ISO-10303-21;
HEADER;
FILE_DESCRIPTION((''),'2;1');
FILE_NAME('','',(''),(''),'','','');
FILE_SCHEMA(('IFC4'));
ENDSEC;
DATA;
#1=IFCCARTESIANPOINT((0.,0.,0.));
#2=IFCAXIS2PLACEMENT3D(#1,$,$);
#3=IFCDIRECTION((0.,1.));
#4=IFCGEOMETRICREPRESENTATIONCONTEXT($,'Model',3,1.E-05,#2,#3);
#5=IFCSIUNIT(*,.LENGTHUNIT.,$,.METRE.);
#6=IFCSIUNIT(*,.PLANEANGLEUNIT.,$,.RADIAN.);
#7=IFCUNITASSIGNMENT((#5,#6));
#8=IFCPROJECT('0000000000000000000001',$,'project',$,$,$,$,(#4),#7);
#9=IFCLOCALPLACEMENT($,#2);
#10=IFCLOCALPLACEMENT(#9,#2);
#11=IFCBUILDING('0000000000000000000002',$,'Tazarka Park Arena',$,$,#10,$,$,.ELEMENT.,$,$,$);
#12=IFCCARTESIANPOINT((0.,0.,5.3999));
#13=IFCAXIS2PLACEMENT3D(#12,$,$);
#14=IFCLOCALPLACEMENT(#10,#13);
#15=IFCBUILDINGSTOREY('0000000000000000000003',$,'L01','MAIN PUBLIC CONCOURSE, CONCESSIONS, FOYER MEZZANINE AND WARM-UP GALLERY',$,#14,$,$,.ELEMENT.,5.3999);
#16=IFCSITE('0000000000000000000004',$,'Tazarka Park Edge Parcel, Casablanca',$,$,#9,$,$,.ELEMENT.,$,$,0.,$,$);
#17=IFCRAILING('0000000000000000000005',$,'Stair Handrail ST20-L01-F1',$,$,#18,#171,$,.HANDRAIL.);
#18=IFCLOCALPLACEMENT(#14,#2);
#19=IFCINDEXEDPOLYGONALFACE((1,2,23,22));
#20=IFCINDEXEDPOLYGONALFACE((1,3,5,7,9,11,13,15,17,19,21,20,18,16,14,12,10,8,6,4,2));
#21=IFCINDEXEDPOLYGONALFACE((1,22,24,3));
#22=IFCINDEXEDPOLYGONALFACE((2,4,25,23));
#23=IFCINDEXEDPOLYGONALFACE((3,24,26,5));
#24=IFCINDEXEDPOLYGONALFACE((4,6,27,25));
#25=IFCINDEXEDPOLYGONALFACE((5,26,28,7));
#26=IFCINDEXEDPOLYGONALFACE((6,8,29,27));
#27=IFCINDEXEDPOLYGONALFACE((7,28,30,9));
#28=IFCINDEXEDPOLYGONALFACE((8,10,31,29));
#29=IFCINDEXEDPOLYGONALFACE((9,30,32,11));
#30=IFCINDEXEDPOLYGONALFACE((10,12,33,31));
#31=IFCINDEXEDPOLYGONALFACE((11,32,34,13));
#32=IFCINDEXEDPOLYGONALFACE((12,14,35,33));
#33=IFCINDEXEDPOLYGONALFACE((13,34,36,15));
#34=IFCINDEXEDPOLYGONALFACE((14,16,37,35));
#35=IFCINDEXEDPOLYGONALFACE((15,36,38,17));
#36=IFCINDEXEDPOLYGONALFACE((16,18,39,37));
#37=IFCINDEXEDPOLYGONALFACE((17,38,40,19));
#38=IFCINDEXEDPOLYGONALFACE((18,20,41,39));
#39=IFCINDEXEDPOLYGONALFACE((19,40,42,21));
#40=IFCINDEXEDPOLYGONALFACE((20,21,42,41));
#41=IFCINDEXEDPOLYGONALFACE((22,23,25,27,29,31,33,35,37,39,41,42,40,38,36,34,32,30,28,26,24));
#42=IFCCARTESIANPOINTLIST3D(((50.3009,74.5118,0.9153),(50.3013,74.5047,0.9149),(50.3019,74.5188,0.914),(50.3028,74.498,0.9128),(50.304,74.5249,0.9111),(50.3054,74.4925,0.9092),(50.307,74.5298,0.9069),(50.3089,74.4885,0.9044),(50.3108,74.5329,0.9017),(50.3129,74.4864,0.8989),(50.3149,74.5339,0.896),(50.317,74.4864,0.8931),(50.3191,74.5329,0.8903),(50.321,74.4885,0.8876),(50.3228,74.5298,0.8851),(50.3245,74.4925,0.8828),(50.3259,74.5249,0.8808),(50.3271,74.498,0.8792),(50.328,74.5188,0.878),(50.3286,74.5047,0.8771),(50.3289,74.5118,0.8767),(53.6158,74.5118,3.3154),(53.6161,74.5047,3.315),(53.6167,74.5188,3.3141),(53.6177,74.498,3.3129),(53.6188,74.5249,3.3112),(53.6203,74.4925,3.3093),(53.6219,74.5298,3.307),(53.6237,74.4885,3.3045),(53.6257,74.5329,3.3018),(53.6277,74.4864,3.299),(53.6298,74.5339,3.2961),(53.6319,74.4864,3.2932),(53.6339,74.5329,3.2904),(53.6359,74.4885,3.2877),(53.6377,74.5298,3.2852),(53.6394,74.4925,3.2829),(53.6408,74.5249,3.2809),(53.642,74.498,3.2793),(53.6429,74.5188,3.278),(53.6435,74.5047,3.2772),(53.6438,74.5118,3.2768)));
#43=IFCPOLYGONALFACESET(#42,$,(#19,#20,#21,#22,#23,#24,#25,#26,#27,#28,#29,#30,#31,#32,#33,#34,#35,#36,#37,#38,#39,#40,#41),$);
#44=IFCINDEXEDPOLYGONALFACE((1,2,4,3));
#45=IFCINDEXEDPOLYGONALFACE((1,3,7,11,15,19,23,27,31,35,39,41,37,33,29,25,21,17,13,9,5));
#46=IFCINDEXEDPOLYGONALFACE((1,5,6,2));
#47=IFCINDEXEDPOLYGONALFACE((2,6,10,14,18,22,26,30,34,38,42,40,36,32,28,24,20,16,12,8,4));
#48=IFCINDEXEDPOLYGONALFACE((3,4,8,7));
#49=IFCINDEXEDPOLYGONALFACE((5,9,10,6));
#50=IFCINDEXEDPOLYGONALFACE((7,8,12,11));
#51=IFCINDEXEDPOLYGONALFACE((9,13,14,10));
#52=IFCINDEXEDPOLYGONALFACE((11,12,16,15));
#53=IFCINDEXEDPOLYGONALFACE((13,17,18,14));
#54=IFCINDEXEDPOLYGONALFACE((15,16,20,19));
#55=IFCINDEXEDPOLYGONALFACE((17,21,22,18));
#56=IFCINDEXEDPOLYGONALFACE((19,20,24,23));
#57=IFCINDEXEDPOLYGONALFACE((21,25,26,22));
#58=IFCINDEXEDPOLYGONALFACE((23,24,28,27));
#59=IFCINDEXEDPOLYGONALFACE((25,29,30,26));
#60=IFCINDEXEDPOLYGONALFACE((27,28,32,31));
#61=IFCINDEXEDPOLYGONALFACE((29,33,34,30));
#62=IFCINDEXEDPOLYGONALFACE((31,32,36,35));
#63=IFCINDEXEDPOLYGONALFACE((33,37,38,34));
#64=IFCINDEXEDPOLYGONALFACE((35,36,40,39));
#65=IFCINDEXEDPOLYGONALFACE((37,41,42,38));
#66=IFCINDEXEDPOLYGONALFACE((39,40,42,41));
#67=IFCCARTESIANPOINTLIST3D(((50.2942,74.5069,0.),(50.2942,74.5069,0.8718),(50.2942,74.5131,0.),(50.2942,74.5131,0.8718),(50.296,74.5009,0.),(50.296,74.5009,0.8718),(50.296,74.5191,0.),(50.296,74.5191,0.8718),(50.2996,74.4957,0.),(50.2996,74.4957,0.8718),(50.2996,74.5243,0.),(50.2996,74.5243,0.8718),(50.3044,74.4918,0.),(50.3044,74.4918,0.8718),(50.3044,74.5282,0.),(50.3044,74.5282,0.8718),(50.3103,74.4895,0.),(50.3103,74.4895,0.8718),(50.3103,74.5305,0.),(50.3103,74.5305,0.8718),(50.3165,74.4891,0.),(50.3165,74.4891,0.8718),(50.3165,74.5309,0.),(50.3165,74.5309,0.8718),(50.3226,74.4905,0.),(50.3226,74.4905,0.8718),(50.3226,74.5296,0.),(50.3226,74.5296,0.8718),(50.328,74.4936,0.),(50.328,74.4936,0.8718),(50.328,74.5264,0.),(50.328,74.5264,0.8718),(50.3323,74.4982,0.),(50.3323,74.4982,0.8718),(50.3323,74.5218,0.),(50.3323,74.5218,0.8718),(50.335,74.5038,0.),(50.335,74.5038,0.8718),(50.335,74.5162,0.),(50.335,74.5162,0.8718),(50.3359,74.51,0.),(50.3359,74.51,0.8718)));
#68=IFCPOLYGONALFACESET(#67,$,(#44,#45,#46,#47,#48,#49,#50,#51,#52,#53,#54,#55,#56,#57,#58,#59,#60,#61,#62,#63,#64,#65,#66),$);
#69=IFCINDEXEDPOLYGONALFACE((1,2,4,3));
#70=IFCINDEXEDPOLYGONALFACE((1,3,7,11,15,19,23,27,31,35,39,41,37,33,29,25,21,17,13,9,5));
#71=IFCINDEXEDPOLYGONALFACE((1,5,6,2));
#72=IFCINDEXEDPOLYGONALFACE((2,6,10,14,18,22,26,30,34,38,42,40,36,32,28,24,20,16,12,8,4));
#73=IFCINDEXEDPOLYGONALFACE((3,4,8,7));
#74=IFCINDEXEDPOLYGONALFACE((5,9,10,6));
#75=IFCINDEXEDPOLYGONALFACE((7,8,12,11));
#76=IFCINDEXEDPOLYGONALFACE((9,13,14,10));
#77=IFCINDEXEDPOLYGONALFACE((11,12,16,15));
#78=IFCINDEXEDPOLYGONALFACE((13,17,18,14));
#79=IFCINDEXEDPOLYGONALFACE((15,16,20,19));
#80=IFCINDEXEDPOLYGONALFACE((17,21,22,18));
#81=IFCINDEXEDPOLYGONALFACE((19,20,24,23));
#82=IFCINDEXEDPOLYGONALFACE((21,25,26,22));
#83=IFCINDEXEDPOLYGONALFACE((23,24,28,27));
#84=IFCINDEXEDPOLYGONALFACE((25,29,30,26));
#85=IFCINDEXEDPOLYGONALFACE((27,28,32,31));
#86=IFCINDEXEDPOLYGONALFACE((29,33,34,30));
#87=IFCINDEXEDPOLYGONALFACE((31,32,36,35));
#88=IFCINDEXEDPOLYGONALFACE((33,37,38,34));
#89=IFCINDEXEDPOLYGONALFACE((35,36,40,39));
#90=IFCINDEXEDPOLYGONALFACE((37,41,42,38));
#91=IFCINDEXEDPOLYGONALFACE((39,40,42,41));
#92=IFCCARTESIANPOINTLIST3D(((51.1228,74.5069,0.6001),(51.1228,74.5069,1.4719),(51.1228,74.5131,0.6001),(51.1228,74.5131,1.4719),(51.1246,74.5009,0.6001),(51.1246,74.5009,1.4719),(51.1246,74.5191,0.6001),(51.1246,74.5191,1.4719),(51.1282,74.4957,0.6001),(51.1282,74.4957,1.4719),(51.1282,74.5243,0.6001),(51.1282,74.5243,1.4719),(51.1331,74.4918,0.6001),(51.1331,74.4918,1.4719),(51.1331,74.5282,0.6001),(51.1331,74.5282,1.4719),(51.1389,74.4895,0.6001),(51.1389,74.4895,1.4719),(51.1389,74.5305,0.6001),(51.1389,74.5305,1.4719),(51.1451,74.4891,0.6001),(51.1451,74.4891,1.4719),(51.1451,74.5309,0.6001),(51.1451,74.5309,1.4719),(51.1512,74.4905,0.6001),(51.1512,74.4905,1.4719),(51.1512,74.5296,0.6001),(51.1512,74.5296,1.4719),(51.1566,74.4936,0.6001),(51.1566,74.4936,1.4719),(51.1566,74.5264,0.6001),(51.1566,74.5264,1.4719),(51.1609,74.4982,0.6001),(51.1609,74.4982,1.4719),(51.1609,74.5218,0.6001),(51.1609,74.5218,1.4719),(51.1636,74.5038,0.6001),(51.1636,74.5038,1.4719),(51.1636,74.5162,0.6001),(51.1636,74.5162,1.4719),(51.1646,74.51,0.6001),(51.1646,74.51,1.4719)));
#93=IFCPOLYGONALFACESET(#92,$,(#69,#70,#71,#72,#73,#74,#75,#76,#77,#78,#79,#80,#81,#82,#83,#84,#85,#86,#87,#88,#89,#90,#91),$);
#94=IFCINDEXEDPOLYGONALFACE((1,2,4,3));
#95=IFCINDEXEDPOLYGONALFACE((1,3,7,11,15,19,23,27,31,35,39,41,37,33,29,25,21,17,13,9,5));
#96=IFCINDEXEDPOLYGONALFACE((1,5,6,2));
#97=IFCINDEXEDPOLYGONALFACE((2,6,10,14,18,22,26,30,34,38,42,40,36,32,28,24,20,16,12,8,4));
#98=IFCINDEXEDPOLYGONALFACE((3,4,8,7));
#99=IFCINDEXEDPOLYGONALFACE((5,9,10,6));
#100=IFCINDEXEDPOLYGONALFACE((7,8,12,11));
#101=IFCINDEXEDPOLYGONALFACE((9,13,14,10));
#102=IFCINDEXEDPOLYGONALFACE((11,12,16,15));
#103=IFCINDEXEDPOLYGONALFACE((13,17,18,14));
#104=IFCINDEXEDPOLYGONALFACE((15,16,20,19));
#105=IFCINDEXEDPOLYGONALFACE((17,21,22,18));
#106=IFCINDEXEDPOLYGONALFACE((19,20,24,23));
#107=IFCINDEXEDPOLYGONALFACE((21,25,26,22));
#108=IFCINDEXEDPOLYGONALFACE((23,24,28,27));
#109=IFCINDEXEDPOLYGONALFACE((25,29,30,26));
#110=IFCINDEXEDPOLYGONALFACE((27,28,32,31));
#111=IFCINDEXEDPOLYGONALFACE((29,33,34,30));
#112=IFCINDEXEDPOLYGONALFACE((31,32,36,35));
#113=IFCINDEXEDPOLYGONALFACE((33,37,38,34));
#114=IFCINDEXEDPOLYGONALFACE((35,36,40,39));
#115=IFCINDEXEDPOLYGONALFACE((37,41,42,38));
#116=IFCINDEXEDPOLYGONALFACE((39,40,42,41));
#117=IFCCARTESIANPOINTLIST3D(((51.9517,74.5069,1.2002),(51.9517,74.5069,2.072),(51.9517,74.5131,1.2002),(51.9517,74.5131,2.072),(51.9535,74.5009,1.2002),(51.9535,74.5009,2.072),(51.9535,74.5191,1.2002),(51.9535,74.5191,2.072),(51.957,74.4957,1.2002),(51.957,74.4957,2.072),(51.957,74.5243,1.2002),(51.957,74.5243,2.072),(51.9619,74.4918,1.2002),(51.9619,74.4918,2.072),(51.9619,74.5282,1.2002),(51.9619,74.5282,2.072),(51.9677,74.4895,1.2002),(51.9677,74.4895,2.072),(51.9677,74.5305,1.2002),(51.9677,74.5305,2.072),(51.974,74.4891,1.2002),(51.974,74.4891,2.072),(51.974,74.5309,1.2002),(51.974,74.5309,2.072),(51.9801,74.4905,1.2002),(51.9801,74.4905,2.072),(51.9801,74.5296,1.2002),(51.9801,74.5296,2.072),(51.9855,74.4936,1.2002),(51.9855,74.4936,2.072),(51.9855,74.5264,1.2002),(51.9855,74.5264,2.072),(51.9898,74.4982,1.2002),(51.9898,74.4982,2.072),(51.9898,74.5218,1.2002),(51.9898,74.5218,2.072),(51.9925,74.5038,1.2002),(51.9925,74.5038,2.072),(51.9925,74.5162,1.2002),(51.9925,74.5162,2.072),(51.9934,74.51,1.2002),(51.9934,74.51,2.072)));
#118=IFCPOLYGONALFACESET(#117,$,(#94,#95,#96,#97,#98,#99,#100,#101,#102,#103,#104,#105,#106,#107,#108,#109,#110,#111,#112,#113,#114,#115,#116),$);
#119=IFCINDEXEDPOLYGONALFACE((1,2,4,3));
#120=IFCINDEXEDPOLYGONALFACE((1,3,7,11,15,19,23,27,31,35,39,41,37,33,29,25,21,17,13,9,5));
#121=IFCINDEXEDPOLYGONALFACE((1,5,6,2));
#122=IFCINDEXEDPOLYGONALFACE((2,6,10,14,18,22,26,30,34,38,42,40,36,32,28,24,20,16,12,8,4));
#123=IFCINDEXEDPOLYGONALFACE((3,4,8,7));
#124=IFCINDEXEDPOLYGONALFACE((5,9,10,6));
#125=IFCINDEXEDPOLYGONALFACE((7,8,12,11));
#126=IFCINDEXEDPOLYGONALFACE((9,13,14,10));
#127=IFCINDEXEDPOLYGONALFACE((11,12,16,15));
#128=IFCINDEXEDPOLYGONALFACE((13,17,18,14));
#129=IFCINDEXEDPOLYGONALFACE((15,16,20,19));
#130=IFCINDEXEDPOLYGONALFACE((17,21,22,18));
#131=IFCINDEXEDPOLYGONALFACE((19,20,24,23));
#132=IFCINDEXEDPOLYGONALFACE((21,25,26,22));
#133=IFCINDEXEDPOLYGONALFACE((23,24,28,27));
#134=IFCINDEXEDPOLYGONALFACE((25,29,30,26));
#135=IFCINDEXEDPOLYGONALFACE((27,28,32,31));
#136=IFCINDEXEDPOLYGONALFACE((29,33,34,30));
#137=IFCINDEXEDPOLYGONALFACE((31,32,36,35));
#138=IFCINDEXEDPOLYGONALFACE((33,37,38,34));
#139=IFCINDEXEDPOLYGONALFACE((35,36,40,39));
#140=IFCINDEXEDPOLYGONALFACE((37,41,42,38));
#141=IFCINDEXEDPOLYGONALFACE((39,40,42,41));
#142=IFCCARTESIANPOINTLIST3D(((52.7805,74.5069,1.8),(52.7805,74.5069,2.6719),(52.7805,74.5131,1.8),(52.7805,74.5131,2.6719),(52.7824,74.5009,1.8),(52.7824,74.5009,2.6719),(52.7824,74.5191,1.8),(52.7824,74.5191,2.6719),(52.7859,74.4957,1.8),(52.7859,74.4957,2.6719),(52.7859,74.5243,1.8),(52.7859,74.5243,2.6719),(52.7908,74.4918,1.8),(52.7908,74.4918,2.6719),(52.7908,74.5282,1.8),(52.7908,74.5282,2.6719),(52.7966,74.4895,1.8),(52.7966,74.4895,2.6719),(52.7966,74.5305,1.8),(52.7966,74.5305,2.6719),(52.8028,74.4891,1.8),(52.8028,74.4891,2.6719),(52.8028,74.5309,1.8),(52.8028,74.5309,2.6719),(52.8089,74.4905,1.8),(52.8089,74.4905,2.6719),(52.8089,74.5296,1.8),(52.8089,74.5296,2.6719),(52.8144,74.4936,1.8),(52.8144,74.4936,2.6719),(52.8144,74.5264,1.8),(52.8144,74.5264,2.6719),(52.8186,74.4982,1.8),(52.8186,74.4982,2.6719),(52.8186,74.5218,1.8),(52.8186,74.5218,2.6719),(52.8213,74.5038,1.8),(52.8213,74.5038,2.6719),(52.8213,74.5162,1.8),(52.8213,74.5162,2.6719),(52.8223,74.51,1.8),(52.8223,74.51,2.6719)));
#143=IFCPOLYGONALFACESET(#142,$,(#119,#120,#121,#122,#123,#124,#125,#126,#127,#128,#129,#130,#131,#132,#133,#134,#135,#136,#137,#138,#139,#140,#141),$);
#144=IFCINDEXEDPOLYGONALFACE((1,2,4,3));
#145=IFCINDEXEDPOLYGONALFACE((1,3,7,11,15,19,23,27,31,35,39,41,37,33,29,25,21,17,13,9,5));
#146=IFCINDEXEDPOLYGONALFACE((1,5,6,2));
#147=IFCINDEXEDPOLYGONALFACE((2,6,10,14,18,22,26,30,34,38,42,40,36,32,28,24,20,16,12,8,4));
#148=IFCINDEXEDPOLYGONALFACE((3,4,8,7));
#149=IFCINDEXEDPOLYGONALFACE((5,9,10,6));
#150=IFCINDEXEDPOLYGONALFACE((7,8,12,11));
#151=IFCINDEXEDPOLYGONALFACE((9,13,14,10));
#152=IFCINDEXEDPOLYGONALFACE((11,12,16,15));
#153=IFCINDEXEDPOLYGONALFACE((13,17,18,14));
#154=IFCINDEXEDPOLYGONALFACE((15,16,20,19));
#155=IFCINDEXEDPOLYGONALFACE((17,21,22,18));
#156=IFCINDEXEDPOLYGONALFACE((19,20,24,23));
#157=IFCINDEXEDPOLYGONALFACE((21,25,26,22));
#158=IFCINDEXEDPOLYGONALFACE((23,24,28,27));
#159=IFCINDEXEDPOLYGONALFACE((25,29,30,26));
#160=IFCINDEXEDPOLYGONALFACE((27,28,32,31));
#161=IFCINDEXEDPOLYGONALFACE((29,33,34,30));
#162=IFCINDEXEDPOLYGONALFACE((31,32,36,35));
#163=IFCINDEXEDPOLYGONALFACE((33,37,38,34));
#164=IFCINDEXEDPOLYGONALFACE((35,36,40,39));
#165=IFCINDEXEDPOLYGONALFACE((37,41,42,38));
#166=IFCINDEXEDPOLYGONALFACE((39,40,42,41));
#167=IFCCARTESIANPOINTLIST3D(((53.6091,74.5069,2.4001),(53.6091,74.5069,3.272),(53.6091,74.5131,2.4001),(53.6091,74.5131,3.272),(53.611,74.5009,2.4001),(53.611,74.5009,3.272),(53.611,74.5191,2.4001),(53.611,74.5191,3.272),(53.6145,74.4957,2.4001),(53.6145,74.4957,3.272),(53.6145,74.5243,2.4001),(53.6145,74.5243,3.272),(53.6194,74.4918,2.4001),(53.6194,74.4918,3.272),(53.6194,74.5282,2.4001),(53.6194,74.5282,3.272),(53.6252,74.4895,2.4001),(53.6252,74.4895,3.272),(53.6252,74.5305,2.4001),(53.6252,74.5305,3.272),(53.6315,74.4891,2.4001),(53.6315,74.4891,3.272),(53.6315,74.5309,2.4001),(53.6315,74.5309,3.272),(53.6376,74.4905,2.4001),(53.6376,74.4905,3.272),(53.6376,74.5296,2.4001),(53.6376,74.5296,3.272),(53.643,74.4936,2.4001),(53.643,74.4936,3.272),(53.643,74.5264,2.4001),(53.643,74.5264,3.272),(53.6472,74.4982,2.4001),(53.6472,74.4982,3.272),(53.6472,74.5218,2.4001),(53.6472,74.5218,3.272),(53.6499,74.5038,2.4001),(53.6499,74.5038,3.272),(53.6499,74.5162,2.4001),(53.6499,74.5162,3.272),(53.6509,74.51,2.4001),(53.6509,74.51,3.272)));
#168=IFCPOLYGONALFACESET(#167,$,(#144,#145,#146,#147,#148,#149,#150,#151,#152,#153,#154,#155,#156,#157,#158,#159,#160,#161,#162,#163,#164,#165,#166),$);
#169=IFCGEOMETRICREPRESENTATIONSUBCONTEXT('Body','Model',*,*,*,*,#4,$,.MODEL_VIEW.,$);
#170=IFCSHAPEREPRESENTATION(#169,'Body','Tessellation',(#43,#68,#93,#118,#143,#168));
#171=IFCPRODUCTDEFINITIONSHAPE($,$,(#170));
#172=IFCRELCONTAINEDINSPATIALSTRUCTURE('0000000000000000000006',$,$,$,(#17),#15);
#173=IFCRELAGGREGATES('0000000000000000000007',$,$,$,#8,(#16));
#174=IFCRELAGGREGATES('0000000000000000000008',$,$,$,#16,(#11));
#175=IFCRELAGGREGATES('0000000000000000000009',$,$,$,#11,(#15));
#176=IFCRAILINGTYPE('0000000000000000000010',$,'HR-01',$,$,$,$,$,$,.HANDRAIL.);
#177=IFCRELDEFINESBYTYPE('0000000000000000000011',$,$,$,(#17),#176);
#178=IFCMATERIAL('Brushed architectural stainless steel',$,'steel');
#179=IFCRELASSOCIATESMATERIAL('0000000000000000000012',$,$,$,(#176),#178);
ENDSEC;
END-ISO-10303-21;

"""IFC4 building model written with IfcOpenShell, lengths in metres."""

from ifc_helpers import new_model, si_unit, direction, frame, origin, origin_2d, place, context, subcontext, project, spatial, circle, extrude, material, type_object, element, save


model = new_model("IFC4")

# Units and contexts
model_context = context("Model", 3, precision=1e-05, world=origin(), true_north=direction((0.0, 1.0)))
body_context = subcontext(model_context, "Body", "Model", "MODEL_VIEW")
ifc_project = project(units=[si_unit("LENGTHUNIT", "METRE"), si_unit("PLANEANGLEUNIT", "RADIAN")], contexts=[model_context])

# Site, building, storey
site_placement = place(None, origin())
site = spatial("IfcSite", under=ifc_project, at=site_placement, Name="Tazarka Park Edge Parcel, Casablanca", CompositionType="ELEMENT", RefElevation=0.0)
building_placement = place(site_placement, origin())
building = spatial("IfcBuilding", under=site, at=building_placement, Name="Tazarka Park Arena", CompositionType="ELEMENT")
storey_placement = place(building_placement, frame((0.0, 0.0, 5.3999)))
storey = spatial("IfcBuildingStorey", under=building, at=storey_placement, Name="L01", Description="MAIN PUBLIC CONCOURSE, CONCESSIONS, FOYER MEZZANINE AND WARM-UP GALLERY", CompositionType="ELEMENT", Elevation=5.3999)

# Railing
ifc_material_1 = material(Name="Brushed architectural stainless steel", Category="steel")
railing_type_1 = type_object("IfcRailingType", Name="HR-01", PredefinedType="HANDRAIL", material=ifc_material_1)
railing_1_placement = place(storey_placement, frame((50.3149, 74.51, 0.0)))
element("IfcRailing", 1, at=railing_1_placement, inside=storey, type_object=railing_type_1, Name="Stair Handrail ST20-L01-F1", PredefinedType="HANDRAIL", context=body_context, shape_type="SweptSolid", body=[
    extrude(circle(Radius=0.0239, at=origin_2d()), frame((0.0, 0.0, 0.896), z_axis=(0.80998, 0.0, 0.586457), x_axis=(0.0, 1.0, 0.0)), (0.0, 0.0, 1.0), 4.0925),
    extrude(circle(Radius=0.021, at=origin_2d()), origin(), (0.0, 0.0, 1.0), 0.8718),
    extrude(circle(Radius=0.021, at=origin_2d()), frame((0.8286, 0.0, 0.6001)), (0.0, 0.0, 1.0), 0.8718),
    extrude(circle(Radius=0.021, at=origin_2d()), frame((1.6575, 0.0, 1.2002)), (0.0, 0.0, 1.0), 0.8718),
    extrude(circle(Radius=0.021, at=origin_2d()), frame((2.4863, 0.0, 1.8)), (0.0, 0.0, 1.0), 0.8718),
    extrude(circle(Radius=0.021, at=origin_2d()), frame((3.3149, 0.0, 2.4001)), (0.0, 0.0, 1.0), 0.8718),
])

save(model, "model.ifc")
